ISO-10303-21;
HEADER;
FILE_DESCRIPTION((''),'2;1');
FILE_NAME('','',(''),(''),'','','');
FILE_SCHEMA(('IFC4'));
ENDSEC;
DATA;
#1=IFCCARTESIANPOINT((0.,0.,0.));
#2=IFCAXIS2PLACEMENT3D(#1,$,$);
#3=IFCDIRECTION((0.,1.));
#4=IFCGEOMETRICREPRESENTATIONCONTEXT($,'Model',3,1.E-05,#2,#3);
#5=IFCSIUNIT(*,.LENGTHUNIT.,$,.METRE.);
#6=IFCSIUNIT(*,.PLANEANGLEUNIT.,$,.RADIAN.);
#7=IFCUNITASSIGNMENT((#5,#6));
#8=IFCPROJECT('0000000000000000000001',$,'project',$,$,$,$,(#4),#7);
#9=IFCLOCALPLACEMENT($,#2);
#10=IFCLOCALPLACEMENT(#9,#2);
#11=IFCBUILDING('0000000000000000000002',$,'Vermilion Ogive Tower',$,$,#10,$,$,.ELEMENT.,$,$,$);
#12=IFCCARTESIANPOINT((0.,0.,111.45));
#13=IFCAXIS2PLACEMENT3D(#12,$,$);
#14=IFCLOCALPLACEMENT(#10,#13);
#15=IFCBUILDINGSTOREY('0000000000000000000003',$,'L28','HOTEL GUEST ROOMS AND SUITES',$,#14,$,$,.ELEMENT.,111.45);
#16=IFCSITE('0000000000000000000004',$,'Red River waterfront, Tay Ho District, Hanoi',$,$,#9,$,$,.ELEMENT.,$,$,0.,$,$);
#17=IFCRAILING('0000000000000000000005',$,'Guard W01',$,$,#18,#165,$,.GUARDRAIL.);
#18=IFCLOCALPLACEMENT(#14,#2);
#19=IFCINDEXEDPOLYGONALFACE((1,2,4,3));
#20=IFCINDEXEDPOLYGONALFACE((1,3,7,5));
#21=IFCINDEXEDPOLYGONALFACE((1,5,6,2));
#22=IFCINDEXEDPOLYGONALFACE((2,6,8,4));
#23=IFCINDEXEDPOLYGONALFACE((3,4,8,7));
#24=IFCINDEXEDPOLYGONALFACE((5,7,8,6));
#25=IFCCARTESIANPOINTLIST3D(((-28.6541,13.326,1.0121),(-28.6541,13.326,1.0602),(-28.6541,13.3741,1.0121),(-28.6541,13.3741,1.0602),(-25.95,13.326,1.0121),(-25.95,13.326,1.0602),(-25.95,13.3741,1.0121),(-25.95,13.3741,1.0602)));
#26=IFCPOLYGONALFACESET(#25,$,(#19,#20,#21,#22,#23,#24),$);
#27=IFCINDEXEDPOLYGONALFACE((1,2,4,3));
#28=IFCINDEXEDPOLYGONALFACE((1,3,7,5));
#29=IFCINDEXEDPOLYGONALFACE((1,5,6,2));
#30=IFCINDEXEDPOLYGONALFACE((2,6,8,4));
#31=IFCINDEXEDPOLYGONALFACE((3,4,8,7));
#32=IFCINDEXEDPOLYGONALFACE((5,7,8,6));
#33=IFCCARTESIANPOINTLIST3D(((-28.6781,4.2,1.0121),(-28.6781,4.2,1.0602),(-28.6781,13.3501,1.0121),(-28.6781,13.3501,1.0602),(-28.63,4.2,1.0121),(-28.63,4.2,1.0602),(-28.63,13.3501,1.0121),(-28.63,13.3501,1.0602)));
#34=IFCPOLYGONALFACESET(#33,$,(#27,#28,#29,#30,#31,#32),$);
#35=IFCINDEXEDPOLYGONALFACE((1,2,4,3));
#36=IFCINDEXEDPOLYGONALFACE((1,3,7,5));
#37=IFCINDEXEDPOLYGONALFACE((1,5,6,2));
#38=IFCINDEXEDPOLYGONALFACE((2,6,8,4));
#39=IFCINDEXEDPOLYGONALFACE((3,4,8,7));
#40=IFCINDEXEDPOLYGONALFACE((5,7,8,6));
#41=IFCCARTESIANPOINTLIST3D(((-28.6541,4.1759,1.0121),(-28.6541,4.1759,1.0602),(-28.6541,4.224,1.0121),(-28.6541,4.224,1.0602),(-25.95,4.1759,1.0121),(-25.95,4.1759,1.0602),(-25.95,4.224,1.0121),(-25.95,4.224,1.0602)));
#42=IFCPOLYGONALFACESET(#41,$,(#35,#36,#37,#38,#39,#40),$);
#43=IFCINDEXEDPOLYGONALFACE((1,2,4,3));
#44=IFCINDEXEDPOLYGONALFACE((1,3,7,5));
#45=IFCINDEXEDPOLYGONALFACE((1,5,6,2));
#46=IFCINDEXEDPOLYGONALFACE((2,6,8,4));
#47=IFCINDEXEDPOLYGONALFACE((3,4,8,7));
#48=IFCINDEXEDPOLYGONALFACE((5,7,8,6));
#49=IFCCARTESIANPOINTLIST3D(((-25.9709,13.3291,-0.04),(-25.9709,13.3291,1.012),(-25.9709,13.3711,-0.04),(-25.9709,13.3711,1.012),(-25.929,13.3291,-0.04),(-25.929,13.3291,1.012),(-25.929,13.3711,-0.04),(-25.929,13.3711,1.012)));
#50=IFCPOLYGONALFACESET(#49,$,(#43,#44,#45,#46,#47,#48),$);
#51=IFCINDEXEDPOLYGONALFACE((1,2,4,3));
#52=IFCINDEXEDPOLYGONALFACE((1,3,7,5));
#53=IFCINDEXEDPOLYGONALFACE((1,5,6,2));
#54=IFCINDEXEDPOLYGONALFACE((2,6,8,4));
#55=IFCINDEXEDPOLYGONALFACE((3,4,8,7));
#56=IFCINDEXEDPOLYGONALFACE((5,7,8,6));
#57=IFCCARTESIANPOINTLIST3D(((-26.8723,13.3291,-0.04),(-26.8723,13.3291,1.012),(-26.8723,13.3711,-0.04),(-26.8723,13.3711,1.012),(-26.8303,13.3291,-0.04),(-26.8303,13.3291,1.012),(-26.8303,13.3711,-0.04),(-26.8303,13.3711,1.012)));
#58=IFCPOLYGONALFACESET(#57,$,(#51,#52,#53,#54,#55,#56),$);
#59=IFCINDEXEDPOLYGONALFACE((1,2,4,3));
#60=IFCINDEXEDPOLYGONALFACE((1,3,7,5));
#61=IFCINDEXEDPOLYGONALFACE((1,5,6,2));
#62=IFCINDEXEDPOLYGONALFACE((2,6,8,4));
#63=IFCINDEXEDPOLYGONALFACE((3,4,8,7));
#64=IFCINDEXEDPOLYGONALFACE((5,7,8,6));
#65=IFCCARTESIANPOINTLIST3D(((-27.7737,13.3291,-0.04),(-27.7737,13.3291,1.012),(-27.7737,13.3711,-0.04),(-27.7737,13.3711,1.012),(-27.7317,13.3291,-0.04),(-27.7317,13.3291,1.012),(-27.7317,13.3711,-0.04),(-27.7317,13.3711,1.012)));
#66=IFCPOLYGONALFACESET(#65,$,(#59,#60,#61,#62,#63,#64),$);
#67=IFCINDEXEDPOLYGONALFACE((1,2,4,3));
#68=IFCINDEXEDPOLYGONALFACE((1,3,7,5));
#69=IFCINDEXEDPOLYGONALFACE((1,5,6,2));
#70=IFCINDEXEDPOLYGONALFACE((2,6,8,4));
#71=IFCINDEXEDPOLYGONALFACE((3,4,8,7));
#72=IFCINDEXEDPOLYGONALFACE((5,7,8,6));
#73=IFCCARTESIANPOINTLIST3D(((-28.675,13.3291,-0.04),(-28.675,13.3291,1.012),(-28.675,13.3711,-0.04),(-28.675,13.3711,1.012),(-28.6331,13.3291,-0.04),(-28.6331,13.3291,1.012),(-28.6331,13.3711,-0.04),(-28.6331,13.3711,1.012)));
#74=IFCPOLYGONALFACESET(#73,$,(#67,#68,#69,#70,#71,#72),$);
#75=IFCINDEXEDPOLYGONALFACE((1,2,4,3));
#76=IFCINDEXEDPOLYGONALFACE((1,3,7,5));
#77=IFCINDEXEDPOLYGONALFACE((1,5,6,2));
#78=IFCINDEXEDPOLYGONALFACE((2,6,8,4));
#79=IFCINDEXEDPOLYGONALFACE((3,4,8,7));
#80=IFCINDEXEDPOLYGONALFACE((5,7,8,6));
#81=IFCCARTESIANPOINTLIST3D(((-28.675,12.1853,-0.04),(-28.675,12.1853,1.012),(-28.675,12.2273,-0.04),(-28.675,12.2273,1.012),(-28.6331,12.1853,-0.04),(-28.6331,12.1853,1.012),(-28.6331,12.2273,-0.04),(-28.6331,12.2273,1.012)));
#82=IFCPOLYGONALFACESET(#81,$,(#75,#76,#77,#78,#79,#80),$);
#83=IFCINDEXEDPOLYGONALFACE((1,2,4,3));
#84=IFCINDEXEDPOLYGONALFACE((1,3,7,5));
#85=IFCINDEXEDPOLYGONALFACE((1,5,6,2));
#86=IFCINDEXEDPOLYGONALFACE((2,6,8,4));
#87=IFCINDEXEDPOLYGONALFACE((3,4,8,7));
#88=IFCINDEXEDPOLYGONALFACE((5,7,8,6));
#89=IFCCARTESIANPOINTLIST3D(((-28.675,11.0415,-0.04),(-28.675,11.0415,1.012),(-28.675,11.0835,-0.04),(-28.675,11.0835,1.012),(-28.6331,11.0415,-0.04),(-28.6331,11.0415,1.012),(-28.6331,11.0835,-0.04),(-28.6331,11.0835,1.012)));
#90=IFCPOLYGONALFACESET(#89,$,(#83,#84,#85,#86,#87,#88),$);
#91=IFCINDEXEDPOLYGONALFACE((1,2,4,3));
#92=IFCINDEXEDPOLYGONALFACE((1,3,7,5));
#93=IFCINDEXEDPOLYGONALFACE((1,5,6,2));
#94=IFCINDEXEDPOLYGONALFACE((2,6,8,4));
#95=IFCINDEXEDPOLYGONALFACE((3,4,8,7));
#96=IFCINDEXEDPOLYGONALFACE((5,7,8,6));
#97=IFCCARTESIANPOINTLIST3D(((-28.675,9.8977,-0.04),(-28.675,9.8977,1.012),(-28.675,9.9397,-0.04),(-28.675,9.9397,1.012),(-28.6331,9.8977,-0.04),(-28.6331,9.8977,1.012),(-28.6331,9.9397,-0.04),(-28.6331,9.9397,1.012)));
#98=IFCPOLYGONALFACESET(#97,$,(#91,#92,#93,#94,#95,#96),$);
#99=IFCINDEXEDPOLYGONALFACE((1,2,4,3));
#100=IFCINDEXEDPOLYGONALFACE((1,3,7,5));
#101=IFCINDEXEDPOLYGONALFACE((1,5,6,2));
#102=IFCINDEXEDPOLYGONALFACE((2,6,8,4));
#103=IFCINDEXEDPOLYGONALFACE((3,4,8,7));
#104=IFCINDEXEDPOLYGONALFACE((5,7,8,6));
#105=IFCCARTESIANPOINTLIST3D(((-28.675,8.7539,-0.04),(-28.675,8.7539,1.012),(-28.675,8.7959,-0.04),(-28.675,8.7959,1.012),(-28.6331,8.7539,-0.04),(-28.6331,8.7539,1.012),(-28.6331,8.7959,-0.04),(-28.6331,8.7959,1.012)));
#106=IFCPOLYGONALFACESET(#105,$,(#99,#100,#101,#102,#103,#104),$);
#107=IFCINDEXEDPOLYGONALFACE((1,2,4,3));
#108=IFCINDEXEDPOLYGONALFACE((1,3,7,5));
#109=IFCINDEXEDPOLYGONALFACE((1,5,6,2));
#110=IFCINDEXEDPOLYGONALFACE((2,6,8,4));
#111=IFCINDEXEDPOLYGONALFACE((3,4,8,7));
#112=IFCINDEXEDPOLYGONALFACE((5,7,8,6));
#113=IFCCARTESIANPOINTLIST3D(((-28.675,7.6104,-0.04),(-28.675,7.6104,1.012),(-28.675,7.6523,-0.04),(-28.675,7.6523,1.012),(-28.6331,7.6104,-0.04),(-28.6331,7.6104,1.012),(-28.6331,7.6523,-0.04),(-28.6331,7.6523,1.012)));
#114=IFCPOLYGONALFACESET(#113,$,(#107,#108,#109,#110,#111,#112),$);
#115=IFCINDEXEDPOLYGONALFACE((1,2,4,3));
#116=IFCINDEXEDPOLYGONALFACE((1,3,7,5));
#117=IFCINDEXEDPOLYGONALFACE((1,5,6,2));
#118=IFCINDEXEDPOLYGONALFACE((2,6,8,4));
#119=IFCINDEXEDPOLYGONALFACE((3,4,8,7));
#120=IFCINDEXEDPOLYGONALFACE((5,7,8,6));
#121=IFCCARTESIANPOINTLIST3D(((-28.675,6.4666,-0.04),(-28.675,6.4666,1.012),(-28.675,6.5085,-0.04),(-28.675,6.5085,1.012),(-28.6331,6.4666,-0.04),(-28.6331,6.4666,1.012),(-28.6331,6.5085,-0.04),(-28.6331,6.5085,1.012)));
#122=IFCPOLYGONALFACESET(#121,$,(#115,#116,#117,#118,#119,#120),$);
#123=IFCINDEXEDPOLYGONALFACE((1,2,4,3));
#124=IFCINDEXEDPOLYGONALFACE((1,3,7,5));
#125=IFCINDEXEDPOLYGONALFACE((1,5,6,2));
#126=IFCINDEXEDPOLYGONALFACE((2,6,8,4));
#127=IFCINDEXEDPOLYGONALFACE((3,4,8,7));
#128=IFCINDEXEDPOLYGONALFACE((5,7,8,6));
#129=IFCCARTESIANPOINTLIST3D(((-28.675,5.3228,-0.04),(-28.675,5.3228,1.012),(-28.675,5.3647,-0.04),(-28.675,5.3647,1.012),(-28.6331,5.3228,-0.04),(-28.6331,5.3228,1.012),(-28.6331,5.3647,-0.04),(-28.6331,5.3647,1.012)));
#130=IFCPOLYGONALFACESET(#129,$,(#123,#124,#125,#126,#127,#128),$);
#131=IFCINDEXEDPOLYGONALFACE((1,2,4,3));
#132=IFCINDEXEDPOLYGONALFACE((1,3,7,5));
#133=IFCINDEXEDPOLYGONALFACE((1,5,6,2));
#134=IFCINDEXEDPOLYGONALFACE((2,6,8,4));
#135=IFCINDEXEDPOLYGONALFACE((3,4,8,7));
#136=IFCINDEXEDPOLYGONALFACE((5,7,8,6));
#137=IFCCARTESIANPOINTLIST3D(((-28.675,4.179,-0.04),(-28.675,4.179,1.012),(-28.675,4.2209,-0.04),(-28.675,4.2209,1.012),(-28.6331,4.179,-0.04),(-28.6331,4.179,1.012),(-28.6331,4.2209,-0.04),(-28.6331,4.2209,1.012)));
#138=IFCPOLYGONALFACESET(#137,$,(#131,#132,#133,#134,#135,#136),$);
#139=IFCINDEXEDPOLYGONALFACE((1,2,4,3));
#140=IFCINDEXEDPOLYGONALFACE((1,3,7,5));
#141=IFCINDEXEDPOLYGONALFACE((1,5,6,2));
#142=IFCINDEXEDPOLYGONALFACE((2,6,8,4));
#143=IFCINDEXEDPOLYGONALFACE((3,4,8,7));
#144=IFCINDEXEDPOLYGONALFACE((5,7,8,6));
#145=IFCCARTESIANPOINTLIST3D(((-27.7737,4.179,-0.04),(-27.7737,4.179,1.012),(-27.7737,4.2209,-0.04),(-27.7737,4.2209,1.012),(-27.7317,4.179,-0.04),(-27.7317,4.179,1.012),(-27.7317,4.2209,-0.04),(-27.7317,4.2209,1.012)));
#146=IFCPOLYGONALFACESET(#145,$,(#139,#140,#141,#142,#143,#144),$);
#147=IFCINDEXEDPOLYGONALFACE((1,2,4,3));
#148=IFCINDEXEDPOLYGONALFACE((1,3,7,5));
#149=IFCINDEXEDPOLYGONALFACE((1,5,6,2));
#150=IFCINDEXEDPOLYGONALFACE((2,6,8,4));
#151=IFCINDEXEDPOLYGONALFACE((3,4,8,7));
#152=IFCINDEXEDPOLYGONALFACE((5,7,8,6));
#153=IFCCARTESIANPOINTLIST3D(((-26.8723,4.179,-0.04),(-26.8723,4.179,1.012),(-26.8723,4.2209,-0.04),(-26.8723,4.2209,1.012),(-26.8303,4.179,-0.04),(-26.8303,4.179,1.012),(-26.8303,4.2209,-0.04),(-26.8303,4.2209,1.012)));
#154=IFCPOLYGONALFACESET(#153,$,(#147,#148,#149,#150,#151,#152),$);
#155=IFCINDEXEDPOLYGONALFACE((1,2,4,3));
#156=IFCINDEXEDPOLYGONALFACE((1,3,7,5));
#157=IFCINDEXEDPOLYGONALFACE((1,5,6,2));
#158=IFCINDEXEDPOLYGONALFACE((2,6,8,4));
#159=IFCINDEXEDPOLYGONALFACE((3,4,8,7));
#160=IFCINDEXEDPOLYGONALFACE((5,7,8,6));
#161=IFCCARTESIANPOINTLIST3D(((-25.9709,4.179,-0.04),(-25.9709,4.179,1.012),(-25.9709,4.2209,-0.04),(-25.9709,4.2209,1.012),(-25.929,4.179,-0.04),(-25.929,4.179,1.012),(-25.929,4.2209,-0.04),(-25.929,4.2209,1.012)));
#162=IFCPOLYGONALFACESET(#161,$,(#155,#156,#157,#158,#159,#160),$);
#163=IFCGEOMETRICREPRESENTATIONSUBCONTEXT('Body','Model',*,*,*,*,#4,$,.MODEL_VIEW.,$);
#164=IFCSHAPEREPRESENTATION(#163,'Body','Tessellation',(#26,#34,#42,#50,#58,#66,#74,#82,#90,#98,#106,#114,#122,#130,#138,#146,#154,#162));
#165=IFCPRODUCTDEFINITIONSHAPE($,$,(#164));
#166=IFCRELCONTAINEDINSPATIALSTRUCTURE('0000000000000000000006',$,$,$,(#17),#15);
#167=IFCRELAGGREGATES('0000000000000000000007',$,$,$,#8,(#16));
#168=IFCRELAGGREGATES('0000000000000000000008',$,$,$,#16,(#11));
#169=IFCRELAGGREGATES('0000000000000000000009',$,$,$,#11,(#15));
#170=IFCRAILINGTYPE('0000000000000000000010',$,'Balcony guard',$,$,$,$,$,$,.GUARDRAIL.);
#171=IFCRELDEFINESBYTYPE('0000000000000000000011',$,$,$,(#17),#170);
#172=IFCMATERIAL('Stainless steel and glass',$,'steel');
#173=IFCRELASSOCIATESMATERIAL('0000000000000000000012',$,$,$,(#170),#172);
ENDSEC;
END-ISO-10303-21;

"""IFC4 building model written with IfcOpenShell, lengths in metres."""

from ifc_helpers import new_model, si_unit, direction, frame, origin, origin_2d, place, context, subcontext, project, spatial, rectangle, extrude, material, type_object, element, save


model = new_model("IFC4")

# Units and contexts
model_context = context("Model", 3, precision=1e-05, world=origin(), true_north=direction((0.0, 1.0)))
body_context = subcontext(model_context, "Body", "Model", "MODEL_VIEW")
ifc_project = project(units=[si_unit("LENGTHUNIT", "METRE"), si_unit("PLANEANGLEUNIT", "RADIAN")], contexts=[model_context])

# Site, building, storey
site_placement = place(None, origin())
site = spatial("IfcSite", under=ifc_project, at=site_placement, Name="Red River waterfront, Tay Ho District, Hanoi", CompositionType="ELEMENT", RefElevation=0.0)
building_placement = place(site_placement, origin())
building = spatial("IfcBuilding", under=site, at=building_placement, Name="Vermilion Ogive Tower", CompositionType="ELEMENT")
storey_placement = place(building_placement, frame((0.0, 0.0, 111.45)))
storey = spatial("IfcBuildingStorey", under=building, at=storey_placement, Name="L28", Description="HOTEL GUEST ROOMS AND SUITES", CompositionType="ELEMENT", Elevation=111.45)

# Railing
ifc_material_1 = material(Name="Stainless steel and glass", Category="steel")
railing_type = type_object("IfcRailingType", Name="Balcony guard", PredefinedType="GUARDRAIL", material=ifc_material_1)
railing_placement = place(storey_placement, frame((-25.95, 13.3501, -0.04)))
element("IfcRailing", 1, at=railing_placement, inside=storey, type_object=railing_type, Name="Guard W01", PredefinedType="GUARDRAIL", context=body_context, shape_type="SweptSolid", body=[
    extrude(rectangle(XDim=0.0481, YDim=0.0481, at=origin_2d()), frame((0.0, 0.0, 1.0762), z_axis=(-1.0, 0.0, 0.0), x_axis=(0.0, -1.0, 0.0)), (0.0, 0.0, 1.0), 2.7041),
    extrude(rectangle(XDim=0.0481, YDim=0.0481, at=origin_2d()), frame((-2.7041, 0.0, 1.0762), z_axis=(0.0, -1.0, 0.0), x_axis=(1.0, 0.0, 0.0)), (0.0, 0.0, 1.0), 9.1501),
    extrude(rectangle(XDim=0.0481, YDim=0.0481, at=origin_2d()), frame((-2.7041, -9.1501, 1.0762), z_axis=(1.0, 0.0, 0.0), x_axis=(0.0, 1.0, 0.0)), (0.0, 0.0, 1.0), 2.7041),
    extrude(rectangle(XDim=0.042, YDim=0.042, at=origin_2d()), origin(), (0.0, 0.0, 1.0), 1.052),
    extrude(rectangle(XDim=0.042, YDim=0.042, at=origin_2d()), frame((-0.9014, 0.0, 0.0)), (0.0, 0.0, 1.0), 1.052),
    extrude(rectangle(XDim=0.042, YDim=0.042, at=origin_2d()), frame((-1.8027, 0.0, 0.0)), (0.0, 0.0, 1.0), 1.052),
    extrude(rectangle(XDim=0.042, YDim=0.042, at=origin_2d()), frame((-2.7041, 0.0, 0.0)), (0.0, 0.0, 1.0), 1.052),
    extrude(rectangle(XDim=0.042, YDim=0.042, at=origin_2d()), frame((-2.7041, -1.1438, 0.0)), (0.0, 0.0, 1.0), 1.052),
    extrude(rectangle(XDim=0.042, YDim=0.042, at=origin_2d()), frame((-2.7041, -2.2876, 0.0)), (0.0, 0.0, 1.0), 1.052),
    extrude(rectangle(XDim=0.042, YDim=0.042, at=origin_2d()), frame((-2.7041, -3.4314, 0.0)), (0.0, 0.0, 1.0), 1.052),
    extrude(rectangle(XDim=0.042, YDim=0.042, at=origin_2d()), frame((-2.7041, -4.5752, 0.0)), (0.0, 0.0, 1.0), 1.052),
    extrude(rectangle(XDim=0.042, YDim=0.042, at=origin_2d()), frame((-2.7041, -5.7188, 0.0)), (0.0, 0.0, 1.0), 1.052),
    extrude(rectangle(XDim=0.042, YDim=0.042, at=origin_2d()), frame((-2.7041, -6.8625, 0.0)), (0.0, 0.0, 1.0), 1.052),
    extrude(rectangle(XDim=0.042, YDim=0.042, at=origin_2d()), frame((-2.7041, -8.0063, 0.0)), (0.0, 0.0, 1.0), 1.052),
    extrude(rectangle(XDim=0.042, YDim=0.042, at=origin_2d()), frame((-2.7041, -9.1501, 0.0)), (0.0, 0.0, 1.0), 1.052),
    extrude(rectangle(XDim=0.042, YDim=0.042, at=origin_2d()), frame((-1.8027, -9.1501, 0.0)), (0.0, 0.0, 1.0), 1.052),
    extrude(rectangle(XDim=0.042, YDim=0.042, at=origin_2d()), frame((-0.9014, -9.1501, 0.0)), (0.0, 0.0, 1.0), 1.052),
    extrude(rectangle(XDim=0.042, YDim=0.042, at=origin_2d()), frame((0.0, -9.1501, 0.0)), (0.0, 0.0, 1.0), 1.052),
])

save(model, "model.ifc")
